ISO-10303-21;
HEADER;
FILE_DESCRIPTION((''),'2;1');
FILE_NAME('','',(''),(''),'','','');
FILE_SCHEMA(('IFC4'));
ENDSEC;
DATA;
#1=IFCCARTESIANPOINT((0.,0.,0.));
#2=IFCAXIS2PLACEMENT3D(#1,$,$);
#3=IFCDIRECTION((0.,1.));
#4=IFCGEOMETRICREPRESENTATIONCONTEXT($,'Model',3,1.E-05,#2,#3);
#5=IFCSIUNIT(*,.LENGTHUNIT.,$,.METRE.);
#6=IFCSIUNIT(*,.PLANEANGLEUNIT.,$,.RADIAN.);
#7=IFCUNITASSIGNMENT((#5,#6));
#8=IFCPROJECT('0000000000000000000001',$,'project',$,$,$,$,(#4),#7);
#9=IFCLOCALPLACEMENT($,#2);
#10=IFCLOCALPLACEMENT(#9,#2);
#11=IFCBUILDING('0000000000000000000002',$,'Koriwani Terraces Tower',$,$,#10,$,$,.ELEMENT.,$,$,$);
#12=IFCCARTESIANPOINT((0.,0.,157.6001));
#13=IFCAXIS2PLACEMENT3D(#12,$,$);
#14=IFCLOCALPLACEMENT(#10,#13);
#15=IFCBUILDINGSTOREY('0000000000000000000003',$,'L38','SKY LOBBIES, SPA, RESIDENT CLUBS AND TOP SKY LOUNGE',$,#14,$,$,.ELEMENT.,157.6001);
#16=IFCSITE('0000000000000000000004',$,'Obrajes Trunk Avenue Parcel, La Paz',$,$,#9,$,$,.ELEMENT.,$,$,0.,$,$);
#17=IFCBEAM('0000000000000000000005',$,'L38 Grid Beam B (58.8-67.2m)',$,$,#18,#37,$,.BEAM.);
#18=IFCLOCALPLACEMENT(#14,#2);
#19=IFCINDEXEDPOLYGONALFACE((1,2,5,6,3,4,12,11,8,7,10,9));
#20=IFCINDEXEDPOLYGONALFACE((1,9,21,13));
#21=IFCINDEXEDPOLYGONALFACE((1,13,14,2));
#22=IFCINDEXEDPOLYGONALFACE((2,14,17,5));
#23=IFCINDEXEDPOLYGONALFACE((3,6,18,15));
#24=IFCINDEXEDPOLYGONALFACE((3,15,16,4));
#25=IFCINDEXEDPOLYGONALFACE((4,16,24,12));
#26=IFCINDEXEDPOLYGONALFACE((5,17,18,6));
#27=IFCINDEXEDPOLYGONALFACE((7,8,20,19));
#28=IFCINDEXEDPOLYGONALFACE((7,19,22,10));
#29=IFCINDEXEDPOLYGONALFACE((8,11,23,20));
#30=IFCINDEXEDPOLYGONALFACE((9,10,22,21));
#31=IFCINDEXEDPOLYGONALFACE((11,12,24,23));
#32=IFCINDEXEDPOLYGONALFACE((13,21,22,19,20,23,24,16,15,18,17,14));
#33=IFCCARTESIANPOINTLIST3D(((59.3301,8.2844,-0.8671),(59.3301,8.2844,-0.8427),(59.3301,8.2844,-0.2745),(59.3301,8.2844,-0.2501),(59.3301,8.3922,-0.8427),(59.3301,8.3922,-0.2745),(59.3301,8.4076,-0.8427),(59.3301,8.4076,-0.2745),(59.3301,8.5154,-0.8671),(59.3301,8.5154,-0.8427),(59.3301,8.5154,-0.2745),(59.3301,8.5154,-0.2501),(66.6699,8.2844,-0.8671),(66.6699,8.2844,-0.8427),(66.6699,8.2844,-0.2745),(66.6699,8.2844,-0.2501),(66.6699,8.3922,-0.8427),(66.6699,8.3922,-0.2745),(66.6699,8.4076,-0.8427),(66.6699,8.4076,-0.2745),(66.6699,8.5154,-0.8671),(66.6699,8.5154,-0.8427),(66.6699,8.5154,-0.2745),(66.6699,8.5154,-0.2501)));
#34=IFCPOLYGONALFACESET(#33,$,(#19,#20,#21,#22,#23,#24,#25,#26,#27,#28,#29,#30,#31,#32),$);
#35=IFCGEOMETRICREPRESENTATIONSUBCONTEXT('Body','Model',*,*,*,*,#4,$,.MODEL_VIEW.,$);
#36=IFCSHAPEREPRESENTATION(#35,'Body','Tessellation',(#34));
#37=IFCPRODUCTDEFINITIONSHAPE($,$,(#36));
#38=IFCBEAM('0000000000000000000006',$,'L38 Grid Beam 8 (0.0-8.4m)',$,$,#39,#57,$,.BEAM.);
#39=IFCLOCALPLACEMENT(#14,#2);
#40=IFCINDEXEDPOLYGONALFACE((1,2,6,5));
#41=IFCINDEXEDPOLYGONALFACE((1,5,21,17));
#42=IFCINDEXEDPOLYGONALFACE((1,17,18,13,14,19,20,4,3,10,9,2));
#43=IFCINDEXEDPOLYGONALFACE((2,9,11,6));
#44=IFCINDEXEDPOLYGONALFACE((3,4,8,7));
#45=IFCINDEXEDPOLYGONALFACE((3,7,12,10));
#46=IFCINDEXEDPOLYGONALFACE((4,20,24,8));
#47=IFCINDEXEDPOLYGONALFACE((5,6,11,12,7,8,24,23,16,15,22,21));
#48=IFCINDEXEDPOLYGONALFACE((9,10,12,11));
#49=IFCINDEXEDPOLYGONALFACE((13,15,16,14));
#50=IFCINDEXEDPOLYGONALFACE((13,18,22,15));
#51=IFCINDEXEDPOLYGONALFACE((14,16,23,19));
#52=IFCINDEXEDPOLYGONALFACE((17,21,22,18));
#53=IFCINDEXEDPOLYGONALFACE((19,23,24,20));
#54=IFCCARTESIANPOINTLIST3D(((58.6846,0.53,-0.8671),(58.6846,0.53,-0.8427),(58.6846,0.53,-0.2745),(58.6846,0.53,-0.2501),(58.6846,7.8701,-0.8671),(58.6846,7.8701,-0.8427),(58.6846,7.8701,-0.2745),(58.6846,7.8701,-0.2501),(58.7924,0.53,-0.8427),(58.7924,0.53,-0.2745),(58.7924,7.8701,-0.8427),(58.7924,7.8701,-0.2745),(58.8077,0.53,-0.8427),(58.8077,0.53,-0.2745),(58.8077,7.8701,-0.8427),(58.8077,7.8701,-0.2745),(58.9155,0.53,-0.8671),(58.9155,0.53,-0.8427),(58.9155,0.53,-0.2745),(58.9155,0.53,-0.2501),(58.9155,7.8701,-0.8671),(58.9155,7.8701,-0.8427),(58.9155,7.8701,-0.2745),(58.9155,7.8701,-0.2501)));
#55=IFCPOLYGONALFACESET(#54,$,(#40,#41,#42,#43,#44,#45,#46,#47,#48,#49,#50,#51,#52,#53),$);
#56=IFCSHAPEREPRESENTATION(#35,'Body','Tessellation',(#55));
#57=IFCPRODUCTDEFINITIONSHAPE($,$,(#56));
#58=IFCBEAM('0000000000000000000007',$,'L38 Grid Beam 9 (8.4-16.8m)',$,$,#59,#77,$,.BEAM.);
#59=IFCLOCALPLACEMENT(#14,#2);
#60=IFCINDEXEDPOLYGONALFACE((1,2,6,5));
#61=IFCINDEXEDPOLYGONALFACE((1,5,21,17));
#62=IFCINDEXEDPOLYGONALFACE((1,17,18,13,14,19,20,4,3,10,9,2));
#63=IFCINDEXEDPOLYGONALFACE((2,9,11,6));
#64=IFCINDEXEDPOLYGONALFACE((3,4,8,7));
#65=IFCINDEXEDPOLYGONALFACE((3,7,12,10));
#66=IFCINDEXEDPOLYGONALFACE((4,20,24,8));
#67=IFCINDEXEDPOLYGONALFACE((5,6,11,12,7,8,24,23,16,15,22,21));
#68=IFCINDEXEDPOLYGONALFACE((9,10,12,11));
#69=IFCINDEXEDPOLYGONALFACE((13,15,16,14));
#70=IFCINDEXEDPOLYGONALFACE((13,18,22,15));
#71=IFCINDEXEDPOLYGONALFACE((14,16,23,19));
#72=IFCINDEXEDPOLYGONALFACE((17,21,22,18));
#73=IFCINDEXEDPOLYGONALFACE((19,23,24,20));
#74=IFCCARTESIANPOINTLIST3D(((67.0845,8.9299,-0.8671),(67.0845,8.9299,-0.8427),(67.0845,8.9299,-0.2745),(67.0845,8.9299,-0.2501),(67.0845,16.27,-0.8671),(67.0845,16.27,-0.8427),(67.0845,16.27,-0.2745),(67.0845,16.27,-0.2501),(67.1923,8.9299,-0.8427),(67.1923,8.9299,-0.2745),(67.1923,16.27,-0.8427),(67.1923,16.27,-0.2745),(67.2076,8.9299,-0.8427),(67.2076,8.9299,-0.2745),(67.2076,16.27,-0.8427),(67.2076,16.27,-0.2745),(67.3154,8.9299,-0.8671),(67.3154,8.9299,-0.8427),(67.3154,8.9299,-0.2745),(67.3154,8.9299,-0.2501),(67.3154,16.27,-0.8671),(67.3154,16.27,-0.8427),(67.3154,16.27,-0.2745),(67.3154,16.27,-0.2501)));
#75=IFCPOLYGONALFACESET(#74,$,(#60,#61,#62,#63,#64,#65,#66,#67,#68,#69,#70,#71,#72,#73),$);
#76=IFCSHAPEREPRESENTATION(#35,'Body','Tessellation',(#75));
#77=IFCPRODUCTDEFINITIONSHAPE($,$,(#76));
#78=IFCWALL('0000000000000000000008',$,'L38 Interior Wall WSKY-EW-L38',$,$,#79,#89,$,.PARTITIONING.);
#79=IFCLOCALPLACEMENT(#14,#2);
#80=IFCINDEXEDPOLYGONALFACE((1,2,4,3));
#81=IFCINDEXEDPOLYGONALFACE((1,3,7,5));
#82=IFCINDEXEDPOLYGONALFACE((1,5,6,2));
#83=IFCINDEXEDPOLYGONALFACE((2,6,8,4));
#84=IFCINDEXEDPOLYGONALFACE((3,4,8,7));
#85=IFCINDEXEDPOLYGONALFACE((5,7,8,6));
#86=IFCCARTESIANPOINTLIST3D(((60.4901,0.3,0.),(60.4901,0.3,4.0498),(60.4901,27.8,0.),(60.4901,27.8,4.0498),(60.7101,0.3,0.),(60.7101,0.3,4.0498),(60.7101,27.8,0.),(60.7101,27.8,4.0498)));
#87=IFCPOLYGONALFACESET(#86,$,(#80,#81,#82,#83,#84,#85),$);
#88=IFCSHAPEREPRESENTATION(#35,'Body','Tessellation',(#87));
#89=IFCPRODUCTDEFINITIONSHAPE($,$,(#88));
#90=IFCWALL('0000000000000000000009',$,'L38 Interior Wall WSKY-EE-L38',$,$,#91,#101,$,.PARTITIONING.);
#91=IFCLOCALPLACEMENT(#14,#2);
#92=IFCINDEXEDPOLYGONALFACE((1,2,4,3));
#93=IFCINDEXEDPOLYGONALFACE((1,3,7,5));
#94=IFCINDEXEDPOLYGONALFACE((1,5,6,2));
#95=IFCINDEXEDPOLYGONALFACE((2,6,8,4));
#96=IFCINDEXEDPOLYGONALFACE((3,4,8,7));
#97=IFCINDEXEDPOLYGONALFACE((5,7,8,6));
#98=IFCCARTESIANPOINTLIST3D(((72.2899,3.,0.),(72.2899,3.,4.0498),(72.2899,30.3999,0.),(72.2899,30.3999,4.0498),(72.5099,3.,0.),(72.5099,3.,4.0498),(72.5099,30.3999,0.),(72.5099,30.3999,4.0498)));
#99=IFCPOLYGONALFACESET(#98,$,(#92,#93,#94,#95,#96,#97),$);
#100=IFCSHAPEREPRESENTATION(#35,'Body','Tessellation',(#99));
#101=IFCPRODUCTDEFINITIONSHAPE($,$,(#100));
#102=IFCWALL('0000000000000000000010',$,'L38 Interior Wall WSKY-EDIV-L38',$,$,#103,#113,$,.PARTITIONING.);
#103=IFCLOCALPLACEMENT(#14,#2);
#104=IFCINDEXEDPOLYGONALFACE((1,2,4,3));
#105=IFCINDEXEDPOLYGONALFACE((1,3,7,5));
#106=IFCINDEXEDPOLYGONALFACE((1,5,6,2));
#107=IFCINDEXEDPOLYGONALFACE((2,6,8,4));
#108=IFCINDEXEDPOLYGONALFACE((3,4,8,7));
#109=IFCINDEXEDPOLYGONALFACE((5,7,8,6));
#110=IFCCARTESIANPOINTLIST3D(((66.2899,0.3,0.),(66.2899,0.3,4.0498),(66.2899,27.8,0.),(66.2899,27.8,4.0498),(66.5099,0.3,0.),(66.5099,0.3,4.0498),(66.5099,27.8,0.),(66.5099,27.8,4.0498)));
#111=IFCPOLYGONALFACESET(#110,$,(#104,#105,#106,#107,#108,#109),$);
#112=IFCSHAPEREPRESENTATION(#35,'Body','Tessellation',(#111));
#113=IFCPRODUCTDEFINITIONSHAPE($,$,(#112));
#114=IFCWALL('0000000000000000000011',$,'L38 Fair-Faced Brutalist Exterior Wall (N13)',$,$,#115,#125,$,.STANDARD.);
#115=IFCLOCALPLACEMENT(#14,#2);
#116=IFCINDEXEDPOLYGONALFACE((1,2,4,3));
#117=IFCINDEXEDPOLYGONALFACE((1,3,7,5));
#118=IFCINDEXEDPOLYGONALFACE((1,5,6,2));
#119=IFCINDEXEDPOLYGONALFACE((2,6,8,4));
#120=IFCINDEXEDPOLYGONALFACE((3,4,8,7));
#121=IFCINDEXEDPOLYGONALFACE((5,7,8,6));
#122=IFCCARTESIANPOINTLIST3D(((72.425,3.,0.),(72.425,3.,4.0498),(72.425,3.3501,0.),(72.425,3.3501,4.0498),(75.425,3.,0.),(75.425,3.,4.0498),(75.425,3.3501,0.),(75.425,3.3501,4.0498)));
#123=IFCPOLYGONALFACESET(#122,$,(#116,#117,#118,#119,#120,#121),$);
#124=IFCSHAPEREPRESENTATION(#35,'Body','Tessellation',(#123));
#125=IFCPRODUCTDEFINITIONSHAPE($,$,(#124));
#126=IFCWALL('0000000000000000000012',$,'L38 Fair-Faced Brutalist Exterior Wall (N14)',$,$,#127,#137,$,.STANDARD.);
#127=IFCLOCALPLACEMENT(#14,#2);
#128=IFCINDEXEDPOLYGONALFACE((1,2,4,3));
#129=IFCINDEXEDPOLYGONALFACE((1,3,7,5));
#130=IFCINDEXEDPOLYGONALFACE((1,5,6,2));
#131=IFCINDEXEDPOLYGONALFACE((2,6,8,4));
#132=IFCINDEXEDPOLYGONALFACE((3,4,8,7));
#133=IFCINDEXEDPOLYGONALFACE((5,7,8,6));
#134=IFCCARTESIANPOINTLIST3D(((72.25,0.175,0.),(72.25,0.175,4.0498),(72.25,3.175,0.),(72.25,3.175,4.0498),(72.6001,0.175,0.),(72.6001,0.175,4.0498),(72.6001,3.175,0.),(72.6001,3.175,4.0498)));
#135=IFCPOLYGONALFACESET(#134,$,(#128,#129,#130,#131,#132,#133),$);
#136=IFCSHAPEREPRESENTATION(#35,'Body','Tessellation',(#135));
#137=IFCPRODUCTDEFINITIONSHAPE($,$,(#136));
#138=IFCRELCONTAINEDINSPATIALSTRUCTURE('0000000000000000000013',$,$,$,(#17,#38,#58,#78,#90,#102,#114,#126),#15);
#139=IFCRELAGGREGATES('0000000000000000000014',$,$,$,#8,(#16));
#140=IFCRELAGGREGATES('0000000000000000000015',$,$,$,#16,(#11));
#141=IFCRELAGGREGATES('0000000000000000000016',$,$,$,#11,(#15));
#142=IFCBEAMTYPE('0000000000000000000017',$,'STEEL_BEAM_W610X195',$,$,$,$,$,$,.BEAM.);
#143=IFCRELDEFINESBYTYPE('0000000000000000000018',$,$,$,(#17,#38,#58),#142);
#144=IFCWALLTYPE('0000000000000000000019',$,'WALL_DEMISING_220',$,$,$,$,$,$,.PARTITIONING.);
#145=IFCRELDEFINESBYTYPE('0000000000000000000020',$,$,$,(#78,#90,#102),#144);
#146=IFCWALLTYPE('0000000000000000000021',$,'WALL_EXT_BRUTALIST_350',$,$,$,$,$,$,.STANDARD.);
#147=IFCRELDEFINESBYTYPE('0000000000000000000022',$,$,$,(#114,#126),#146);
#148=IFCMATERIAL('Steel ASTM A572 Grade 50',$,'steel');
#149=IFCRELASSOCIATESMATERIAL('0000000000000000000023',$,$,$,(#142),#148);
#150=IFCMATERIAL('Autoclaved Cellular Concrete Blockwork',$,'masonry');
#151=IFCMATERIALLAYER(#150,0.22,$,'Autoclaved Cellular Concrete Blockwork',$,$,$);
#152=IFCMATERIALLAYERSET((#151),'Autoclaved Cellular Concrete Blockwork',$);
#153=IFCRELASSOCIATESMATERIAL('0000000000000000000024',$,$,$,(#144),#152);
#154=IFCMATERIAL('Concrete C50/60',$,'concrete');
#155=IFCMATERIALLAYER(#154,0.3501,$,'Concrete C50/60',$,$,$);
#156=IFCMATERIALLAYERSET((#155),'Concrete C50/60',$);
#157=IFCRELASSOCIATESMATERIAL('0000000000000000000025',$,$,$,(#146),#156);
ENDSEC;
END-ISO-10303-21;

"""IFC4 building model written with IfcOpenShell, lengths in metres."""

from ifc_helpers import new_model, si_unit, direction, frame, frame_2d, origin, origin_2d, place, context, subcontext, project, spatial, rectangle, i_section, extrude, material, layer, layer_set, material_profile, profile_set, type_object, element, save


model = new_model("IFC4")

# Units and contexts
model_context = context("Model", 3, precision=1e-05, world=origin(), true_north=direction((0.0, 1.0)))
body_context = subcontext(model_context, "Body", "Model", "MODEL_VIEW")
ifc_project = project(units=[si_unit("LENGTHUNIT", "METRE"), si_unit("PLANEANGLEUNIT", "RADIAN")], contexts=[model_context])

# Site, building, storey
site_placement = place(None, origin())
site = spatial("IfcSite", under=ifc_project, at=site_placement, Name="Obrajes Trunk Avenue Parcel, La Paz", CompositionType="ELEMENT", RefElevation=0.0)
building_placement = place(site_placement, origin())
building = spatial("IfcBuilding", under=site, at=building_placement, Name="Koriwani Terraces Tower", CompositionType="ELEMENT")
storey_placement = place(building_placement, frame((0.0, 0.0, 157.6001)))
storey = spatial("IfcBuildingStorey", under=building, at=storey_placement, Name="L38", Description="SKY LOBBIES, SPA, RESIDENT CLUBS AND TOP SKY LOUNGE", CompositionType="ELEMENT", Elevation=157.6001)

# Shared definitions
ifc_material_1 = material(Name="Concrete C50/60", Category="concrete")

# Beams
ifc_material_2 = material(Name="Steel ASTM A572 Grade 50", Category="steel")
ifc_material_profile_1 = material_profile(ifc_material_2, i_section(OverallWidth=0.231, OverallDepth=0.6169, WebThickness=0.0154, FlangeThickness=0.0244, at=origin_2d()), Name="Steel ASTM A572 Grade 50", Category="LoadBearing")
ifc_profile_set_1 = profile_set([ifc_material_profile_1], Name="Steel ASTM A572 Grade 50")
beam_type_1 = type_object("IfcBeamType", Name="STEEL_BEAM_W610X195", PredefinedType="BEAM", material=ifc_profile_set_1)
beam_1_placement = place(storey_placement, frame((59.3301, 8.3999, -0.5586), z_axis=(1.0, 0.0, 0.0), x_axis=(0.0, 1.0, 0.0)))
element("IfcBeam", 1, at=beam_1_placement, inside=storey, type_object=beam_type_1, Name="L38 Grid Beam B (58.8-67.2m)", PredefinedType="BEAM", context=body_context, shape_type="SweptSolid", body=[
    extrude(i_section(OverallWidth=0.231, OverallDepth=0.6169, WebThickness=0.0154, FlangeThickness=0.0244, at=origin_2d()), origin(), (0.0, 0.0, 1.0), 7.3398),
])
for number, where, z_axis, x_axis, name in (
    (2, (58.8, 0.53, -0.5586), (0.0, 1.0, 0.0), (-1.0, 0.0, 0.0), "L38 Grid Beam 8 (0.0-8.4m)"),
    (3, (67.2, 8.9299, -0.5586), (0.0, 1.0, 0.0), (-1.0, 0.0, 0.0), "L38 Grid Beam 9 (8.4-16.8m)"),
):
    element("IfcBeam", number, at=place(storey_placement, frame(where, z_axis=z_axis, x_axis=x_axis)), inside=storey, type_object=beam_type_1, Name=name, PredefinedType="BEAM", context=body_context, shape_type="SweptSolid", body=[
        extrude(i_section(OverallWidth=0.231, OverallDepth=0.6169, WebThickness=0.0154, FlangeThickness=0.0244, at=origin_2d()), origin(), (0.0, 0.0, 1.0), 7.3401),
    ])

# Walls
ifc_material_3 = material(Name="Autoclaved Cellular Concrete Blockwork", Category="masonry")
ifc_layer_1 = layer(ifc_material_3, 0.22, Name="Autoclaved Cellular Concrete Blockwork")
ifc_layer_set_1 = layer_set([ifc_layer_1], Name="Autoclaved Cellular Concrete Blockwork")
wall_type_1 = type_object("IfcWallType", Name="WALL_DEMISING_220", PredefinedType="PARTITIONING", material=ifc_layer_set_1)
wall_1_placement = place(storey_placement, frame((60.6001, 0.3, 0.0), z_axis=(0.0, 0.0, 1.0), x_axis=(0.0, 1.0, 0.0)))
element("IfcWall", 4, at=wall_1_placement, inside=storey, type_object=wall_type_1, Name="L38 Interior Wall WSKY-EW-L38", PredefinedType="PARTITIONING", context=body_context, shape_type="SweptSolid", body=[
    extrude(rectangle(XDim=27.5, YDim=0.22, at=frame_2d((13.75, 0.0))), origin(), (0.0, 0.0, 1.0), 4.0498),
])
wall_2_placement = place(storey_placement, frame((72.3999, 3.0, 0.0), z_axis=(0.0, 0.0, 1.0), x_axis=(0.0, 1.0, 0.0)))
element("IfcWall", 5, at=wall_2_placement, inside=storey, type_object=wall_type_1, Name="L38 Interior Wall WSKY-EE-L38", PredefinedType="PARTITIONING", context=body_context, shape_type="SweptSolid", body=[
    extrude(rectangle(XDim=27.3999, YDim=0.22, at=frame_2d((13.7, 0.0))), origin(), (0.0, 0.0, 1.0), 4.0498),
])
wall_3_placement = place(storey_placement, frame((66.3999, 0.3, 0.0), z_axis=(0.0, 0.0, 1.0), x_axis=(0.0, 1.0, 0.0)))
element("IfcWall", 6, at=wall_3_placement, inside=storey, type_object=wall_type_1, Name="L38 Interior Wall WSKY-EDIV-L38", PredefinedType="PARTITIONING", context=body_context, shape_type="SweptSolid", body=[
    extrude(rectangle(XDim=27.5, YDim=0.22, at=frame_2d((13.75, 0.0))), origin(), (0.0, 0.0, 1.0), 4.0498),
])
ifc_layer_2 = layer(ifc_material_1, 0.3501, Name="Concrete C50/60")
ifc_layer_set_2 = layer_set([ifc_layer_2], Name="Concrete C50/60")
wall_type_2 = type_object("IfcWallType", Name="WALL_EXT_BRUTALIST_350", PredefinedType="STANDARD", material=ifc_layer_set_2)
for number, where, z_axis, x_axis, name in (
    (7, (75.425, 3.175, 0.0), (0.0, 0.0, 1.0), (-1.0, 0.0, 0.0), "L38 Fair-Faced Brutalist Exterior Wall (N13)"),
    (8, (72.425, 3.175, 0.0), (0.0, 0.0, 1.0), (0.0, -1.0, 0.0), "L38 Fair-Faced Brutalist Exterior Wall (N14)"),
):
    element("IfcWall", number, at=place(storey_placement, frame(where, z_axis=z_axis, x_axis=x_axis)), inside=storey, type_object=wall_type_2, Name=name, PredefinedType="STANDARD", context=body_context, shape_type="SweptSolid", body=[
        extrude(rectangle(XDim=3.0, YDim=0.3501, at=frame_2d((1.5, 0.0))), origin(), (0.0, 0.0, 1.0), 4.0498),
    ])

save(model, "model.ifc")
